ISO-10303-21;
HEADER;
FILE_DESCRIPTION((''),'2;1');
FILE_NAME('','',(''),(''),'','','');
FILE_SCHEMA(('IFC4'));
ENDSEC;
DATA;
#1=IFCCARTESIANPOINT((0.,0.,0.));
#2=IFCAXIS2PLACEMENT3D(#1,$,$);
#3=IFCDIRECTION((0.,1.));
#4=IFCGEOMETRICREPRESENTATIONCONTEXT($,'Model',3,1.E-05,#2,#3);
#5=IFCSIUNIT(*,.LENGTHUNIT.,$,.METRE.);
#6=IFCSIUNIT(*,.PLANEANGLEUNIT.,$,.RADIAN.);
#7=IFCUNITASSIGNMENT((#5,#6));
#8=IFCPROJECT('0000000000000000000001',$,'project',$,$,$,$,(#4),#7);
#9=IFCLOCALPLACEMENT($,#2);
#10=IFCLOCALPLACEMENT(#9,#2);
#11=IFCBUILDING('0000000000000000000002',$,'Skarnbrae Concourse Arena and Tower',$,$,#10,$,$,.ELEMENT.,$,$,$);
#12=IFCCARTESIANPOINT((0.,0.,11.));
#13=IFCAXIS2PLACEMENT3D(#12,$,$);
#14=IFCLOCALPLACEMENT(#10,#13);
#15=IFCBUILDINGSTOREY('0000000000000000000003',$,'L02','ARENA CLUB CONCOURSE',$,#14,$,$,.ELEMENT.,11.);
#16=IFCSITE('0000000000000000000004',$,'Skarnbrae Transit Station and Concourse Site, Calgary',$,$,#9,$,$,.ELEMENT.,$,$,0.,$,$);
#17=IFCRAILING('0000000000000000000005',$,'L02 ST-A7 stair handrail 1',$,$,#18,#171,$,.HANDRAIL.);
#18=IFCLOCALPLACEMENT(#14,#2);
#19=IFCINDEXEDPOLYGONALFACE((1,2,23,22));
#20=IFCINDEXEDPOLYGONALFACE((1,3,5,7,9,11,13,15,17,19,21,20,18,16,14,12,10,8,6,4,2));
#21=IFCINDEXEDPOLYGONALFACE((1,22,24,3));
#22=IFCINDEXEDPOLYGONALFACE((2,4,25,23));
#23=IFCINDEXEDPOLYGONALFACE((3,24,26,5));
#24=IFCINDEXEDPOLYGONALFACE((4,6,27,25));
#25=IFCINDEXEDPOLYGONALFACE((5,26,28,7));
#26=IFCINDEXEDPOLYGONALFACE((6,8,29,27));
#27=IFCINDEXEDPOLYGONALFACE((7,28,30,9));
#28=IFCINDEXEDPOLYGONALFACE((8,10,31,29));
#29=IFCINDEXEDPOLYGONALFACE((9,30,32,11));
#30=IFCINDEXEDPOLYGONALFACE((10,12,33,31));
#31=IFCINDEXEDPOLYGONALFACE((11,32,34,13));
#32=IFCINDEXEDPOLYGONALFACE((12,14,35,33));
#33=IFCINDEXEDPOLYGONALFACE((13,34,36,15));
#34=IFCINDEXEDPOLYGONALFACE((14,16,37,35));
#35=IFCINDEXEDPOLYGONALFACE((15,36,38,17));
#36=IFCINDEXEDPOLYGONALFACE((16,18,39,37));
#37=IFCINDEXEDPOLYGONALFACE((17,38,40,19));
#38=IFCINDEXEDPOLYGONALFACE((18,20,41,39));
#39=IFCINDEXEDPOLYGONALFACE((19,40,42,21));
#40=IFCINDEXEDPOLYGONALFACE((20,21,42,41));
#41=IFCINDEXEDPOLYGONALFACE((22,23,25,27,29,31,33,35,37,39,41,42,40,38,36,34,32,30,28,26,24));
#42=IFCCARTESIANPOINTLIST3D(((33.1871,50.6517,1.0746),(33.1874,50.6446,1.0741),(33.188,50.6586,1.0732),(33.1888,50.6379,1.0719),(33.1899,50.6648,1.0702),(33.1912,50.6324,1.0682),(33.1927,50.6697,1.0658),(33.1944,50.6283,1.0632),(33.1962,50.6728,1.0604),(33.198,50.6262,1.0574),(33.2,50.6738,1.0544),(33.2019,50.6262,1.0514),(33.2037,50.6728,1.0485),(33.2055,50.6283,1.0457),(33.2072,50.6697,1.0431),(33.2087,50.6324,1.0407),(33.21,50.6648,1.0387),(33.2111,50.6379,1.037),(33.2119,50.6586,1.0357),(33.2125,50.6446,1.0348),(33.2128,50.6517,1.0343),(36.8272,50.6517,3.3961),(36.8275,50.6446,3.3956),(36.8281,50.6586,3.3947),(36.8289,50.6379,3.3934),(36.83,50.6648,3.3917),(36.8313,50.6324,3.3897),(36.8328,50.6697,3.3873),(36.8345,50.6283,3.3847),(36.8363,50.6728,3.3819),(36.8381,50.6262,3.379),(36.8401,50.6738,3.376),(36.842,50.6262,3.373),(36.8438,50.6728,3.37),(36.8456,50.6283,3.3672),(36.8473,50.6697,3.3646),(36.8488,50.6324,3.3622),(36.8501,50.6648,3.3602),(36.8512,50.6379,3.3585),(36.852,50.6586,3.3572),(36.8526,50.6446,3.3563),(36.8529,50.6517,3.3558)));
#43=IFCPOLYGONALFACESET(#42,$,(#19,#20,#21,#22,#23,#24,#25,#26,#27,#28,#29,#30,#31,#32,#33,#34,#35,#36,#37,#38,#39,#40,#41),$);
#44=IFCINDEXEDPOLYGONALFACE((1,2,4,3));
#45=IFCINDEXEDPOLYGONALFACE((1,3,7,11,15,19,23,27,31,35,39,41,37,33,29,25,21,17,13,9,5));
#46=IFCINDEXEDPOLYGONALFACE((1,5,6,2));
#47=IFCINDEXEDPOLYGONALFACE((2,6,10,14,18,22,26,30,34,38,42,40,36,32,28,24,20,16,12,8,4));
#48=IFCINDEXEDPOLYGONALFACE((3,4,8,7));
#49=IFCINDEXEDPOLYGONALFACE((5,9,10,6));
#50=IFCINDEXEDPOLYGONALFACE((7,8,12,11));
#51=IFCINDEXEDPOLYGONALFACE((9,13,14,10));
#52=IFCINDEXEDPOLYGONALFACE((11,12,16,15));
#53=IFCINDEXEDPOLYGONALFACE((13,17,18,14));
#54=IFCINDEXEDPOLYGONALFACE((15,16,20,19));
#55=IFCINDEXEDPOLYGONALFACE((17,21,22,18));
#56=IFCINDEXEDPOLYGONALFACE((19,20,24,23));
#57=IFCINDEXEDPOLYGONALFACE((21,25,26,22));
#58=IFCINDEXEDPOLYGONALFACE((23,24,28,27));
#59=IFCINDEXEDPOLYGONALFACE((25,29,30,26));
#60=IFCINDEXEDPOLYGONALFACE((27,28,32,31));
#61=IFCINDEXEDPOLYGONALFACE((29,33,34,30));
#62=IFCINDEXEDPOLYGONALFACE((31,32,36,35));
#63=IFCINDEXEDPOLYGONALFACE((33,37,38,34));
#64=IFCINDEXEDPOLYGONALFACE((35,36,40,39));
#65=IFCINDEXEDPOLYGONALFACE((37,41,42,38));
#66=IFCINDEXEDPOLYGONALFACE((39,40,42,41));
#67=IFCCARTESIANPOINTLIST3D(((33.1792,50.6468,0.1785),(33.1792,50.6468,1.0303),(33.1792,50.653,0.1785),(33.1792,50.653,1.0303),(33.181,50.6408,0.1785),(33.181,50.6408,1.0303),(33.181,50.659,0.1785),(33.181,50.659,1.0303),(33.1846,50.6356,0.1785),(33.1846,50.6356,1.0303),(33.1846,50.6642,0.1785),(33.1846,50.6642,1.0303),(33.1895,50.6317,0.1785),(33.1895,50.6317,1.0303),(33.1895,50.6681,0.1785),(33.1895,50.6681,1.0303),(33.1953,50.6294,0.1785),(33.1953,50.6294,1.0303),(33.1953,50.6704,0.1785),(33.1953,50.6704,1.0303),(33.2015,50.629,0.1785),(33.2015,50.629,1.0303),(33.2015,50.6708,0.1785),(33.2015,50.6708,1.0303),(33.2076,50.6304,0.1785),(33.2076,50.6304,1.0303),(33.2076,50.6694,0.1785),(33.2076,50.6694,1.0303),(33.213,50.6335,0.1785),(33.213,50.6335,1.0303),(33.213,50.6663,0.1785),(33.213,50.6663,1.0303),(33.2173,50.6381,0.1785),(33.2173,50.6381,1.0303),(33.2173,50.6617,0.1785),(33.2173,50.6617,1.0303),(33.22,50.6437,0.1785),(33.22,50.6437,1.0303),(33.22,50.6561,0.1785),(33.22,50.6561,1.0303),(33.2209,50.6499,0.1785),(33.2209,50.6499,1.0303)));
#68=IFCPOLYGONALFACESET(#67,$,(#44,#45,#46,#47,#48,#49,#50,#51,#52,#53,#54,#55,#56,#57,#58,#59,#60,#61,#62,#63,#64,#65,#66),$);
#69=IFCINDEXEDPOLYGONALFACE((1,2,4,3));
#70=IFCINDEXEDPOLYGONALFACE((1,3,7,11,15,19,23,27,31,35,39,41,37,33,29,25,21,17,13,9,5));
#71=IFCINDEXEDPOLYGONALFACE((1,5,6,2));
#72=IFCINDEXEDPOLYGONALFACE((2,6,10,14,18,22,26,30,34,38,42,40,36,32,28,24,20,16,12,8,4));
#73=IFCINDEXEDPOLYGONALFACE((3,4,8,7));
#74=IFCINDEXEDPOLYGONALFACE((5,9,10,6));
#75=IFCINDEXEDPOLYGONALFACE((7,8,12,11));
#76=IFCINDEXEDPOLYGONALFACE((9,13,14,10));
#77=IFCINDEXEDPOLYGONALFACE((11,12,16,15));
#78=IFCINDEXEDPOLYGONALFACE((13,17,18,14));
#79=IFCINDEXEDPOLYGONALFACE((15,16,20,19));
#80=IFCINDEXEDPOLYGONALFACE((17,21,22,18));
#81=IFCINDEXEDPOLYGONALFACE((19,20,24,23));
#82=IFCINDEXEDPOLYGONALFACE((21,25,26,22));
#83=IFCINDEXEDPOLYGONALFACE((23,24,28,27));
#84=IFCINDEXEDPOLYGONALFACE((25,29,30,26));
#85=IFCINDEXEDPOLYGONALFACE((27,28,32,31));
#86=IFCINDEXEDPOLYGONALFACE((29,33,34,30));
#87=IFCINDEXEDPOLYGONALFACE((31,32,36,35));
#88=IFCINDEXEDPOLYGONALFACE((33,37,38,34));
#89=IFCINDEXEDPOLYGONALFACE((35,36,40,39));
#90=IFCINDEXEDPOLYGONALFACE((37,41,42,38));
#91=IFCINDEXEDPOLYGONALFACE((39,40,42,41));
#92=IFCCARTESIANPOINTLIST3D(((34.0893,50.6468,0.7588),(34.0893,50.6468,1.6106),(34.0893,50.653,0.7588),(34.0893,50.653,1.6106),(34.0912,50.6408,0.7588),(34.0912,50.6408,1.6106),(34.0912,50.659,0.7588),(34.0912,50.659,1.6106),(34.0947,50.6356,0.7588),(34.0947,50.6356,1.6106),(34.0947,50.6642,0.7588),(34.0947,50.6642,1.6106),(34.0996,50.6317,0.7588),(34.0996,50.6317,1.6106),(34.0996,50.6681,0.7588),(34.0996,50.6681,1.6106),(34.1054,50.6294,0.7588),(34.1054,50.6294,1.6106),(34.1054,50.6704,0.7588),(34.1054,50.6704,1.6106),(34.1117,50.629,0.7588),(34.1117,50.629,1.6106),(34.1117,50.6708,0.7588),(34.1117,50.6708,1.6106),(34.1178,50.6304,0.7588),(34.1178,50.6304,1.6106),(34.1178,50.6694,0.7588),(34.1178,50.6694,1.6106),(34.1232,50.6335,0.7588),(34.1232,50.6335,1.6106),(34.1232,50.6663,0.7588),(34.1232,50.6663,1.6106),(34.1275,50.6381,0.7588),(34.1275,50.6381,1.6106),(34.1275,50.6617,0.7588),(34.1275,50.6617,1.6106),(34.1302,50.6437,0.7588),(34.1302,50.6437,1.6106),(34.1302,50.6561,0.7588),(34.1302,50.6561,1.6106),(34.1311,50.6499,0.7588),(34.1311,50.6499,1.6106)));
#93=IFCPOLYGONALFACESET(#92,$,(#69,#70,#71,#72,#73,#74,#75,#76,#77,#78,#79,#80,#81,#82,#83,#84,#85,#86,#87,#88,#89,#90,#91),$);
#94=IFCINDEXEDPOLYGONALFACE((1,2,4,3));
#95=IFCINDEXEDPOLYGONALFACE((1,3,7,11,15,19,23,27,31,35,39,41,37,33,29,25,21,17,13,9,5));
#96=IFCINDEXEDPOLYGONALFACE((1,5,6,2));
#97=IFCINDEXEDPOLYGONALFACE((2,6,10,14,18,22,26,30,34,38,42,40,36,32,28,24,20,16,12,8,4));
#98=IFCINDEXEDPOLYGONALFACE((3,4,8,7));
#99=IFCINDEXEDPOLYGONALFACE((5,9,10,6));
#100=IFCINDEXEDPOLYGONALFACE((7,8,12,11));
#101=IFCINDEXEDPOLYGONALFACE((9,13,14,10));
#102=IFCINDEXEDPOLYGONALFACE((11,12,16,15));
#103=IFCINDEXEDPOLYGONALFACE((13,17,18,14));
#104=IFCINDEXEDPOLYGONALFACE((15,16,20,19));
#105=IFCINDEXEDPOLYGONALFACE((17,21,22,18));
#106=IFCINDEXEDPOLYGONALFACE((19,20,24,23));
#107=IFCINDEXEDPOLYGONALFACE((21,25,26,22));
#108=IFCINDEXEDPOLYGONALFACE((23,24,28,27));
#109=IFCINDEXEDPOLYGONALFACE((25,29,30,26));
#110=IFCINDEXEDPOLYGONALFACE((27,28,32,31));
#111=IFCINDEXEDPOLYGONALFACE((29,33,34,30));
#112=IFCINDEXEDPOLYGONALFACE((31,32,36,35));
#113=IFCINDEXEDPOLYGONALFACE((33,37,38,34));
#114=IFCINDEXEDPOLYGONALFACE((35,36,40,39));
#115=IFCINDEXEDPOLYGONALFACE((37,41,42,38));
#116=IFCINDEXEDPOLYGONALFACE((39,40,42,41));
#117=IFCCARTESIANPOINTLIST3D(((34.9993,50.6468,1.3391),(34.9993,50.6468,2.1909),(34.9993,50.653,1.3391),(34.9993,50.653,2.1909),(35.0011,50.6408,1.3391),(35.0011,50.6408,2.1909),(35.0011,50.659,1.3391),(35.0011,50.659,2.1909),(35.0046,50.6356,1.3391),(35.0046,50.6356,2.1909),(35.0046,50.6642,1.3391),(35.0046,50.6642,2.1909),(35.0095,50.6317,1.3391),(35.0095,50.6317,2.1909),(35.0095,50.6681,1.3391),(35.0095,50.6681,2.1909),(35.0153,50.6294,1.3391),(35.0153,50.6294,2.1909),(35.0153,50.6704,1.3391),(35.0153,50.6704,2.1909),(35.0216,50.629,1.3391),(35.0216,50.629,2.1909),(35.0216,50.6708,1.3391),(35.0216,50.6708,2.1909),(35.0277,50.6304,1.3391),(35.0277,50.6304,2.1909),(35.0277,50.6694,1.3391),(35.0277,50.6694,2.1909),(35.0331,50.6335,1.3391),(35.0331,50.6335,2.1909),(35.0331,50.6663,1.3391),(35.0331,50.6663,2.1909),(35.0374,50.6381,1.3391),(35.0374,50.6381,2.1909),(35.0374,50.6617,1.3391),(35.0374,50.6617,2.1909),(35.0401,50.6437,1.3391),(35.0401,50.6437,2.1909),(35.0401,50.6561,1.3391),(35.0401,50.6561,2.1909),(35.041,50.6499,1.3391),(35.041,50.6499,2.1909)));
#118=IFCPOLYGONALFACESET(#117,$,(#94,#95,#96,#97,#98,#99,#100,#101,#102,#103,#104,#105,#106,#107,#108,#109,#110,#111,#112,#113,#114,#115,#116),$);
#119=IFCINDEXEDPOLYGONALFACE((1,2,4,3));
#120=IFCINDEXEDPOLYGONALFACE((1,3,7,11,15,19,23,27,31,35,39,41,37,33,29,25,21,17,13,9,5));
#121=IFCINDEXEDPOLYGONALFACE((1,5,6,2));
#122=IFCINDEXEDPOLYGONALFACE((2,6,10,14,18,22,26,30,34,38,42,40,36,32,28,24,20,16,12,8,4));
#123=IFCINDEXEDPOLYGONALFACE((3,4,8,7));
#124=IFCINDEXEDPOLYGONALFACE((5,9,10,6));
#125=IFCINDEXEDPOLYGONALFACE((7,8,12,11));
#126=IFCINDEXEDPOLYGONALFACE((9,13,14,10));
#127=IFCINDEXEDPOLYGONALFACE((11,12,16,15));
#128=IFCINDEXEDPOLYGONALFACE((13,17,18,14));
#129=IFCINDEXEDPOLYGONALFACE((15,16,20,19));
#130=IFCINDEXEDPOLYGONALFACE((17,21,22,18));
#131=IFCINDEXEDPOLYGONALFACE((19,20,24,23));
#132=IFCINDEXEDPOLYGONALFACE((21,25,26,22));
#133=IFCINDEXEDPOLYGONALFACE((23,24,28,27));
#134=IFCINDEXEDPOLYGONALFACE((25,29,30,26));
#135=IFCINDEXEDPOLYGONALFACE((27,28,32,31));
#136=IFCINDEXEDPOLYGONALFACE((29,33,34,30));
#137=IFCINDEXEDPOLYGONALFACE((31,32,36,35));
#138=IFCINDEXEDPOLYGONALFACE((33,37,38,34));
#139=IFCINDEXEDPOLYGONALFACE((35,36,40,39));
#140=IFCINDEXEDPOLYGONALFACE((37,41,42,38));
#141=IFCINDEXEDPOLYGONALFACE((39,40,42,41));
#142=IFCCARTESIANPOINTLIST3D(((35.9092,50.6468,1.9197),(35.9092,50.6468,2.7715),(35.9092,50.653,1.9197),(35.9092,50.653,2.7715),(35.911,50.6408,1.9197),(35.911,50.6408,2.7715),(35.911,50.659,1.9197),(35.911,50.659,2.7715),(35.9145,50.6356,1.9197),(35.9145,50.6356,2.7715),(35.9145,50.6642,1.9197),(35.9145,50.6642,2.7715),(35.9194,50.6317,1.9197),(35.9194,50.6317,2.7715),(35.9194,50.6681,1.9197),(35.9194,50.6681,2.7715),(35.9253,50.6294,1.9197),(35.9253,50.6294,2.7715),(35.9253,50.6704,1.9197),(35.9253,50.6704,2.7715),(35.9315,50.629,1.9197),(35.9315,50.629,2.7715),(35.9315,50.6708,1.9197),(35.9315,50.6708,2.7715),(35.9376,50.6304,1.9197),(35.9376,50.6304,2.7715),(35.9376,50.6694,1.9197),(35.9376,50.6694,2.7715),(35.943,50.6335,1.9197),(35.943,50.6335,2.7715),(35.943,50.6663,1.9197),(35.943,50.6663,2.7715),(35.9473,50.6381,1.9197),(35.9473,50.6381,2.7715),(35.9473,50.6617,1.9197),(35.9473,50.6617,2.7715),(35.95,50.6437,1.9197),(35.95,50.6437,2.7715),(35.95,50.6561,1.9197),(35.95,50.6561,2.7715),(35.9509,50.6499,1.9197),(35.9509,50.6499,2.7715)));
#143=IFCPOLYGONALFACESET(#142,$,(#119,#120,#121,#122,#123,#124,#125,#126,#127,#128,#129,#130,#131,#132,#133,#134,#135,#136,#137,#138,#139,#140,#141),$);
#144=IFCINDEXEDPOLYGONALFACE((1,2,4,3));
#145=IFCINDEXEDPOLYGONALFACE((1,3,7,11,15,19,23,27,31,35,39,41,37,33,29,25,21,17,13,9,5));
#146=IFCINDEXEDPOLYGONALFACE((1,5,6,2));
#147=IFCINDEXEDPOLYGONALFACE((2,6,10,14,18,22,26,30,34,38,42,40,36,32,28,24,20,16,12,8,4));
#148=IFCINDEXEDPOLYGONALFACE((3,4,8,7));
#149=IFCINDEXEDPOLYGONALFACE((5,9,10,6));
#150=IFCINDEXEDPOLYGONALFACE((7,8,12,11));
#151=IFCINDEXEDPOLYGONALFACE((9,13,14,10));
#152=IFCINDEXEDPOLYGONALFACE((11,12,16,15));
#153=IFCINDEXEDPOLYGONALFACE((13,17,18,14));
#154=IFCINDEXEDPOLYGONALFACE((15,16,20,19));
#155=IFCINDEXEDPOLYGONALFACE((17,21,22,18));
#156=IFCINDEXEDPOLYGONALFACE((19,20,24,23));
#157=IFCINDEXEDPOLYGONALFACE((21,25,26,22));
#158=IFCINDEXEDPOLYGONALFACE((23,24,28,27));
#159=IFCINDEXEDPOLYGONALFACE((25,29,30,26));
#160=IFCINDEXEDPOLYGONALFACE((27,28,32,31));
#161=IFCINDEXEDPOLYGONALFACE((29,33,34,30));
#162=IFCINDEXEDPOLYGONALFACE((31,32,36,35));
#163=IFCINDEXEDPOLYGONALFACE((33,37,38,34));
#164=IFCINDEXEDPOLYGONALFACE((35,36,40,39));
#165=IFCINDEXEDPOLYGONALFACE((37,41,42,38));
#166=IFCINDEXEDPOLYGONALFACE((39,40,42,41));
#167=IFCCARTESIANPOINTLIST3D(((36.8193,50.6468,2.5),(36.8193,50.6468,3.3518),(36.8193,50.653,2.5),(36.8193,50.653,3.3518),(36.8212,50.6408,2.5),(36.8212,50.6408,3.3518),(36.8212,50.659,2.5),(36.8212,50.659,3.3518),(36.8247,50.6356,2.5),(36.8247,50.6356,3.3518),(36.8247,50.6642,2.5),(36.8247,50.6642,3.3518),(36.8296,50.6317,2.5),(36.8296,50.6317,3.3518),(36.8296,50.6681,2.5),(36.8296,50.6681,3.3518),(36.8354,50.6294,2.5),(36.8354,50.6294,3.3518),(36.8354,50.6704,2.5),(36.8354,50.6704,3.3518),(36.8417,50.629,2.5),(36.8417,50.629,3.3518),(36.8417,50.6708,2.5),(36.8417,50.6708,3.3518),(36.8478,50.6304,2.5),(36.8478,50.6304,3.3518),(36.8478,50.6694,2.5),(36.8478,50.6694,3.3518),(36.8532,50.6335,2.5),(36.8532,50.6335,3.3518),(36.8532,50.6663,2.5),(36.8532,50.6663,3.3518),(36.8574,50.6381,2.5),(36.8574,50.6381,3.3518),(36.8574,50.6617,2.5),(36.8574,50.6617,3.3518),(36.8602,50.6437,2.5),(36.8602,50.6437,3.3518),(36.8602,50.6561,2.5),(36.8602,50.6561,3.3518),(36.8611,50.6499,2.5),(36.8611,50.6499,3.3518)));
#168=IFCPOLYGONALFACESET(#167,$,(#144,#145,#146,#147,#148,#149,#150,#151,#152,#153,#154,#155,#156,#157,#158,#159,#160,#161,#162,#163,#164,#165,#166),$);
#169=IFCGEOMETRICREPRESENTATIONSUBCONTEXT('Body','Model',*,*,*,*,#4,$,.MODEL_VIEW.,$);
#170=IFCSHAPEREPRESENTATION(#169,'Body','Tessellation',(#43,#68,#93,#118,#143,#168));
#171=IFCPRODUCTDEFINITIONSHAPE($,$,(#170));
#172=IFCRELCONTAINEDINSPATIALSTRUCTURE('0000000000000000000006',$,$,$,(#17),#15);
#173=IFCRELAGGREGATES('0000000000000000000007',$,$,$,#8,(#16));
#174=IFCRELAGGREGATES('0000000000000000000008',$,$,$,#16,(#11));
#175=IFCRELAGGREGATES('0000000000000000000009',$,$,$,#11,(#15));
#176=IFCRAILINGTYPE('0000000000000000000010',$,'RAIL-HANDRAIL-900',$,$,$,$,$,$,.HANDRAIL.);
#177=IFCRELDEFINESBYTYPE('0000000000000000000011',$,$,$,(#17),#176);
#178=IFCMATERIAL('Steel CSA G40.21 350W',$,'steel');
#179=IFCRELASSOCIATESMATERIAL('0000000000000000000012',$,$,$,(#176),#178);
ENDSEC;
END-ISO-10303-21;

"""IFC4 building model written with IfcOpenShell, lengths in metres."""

from ifc_helpers import new_model, si_unit, direction, frame, origin, origin_2d, place, context, subcontext, project, spatial, circle, extrude, material, type_object, element, save


model = new_model("IFC4")

# Units and contexts
model_context = context("Model", 3, precision=1e-05, world=origin(), true_north=direction((0.0, 1.0)))
body_context = subcontext(model_context, "Body", "Model", "MODEL_VIEW")
ifc_project = project(units=[si_unit("LENGTHUNIT", "METRE"), si_unit("PLANEANGLEUNIT", "RADIAN")], contexts=[model_context])

# Site, building, storey
site_placement = place(None, origin())
site = spatial("IfcSite", under=ifc_project, at=site_placement, Name="Skarnbrae Transit Station and Concourse Site, Calgary", CompositionType="ELEMENT", RefElevation=0.0)
building_placement = place(site_placement, origin())
building = spatial("IfcBuilding", under=site, at=building_placement, Name="Skarnbrae Concourse Arena and Tower", CompositionType="ELEMENT")
storey_placement = place(building_placement, frame((0.0, 0.0, 11.0)))
storey = spatial("IfcBuildingStorey", under=building, at=storey_placement, Name="L02", Description="ARENA CLUB CONCOURSE", CompositionType="ELEMENT", Elevation=11.0)

# Shared definitions
ifc_material_1 = material(Name="Steel CSA G40.21 350W", Category="steel")

# Railing
railing_type_1 = type_object("IfcRailingType", Name="RAIL-HANDRAIL-900", PredefinedType="HANDRAIL", material=ifc_material_1)
railing_1_placement = place(storey_placement, frame((33.2, 50.6499, 0.1785)))
element("IfcRailing", 1, at=railing_1_placement, inside=storey, type_object=railing_type_1, Name="L02 ST-A7 stair handrail 1", PredefinedType="HANDRAIL", context=body_context, shape_type="SweptSolid", body=[
    extrude(circle(Radius=0.0239, at=origin_2d()), frame((0.0, 0.0, 0.876), z_axis=(0.843128, 0.0, 0.537713), x_axis=(0.0, 1.0, 0.0)), (0.0, 0.0, 1.0), 4.3174),
    extrude(circle(Radius=0.021, at=origin_2d()), origin(), (0.0, 0.0, 1.0), 0.8518),
    extrude(circle(Radius=0.021, at=origin_2d()), frame((0.9102, 0.0, 0.5803)), (0.0, 0.0, 1.0), 0.8518),
    extrude(circle(Radius=0.021, at=origin_2d()), frame((1.8201, 0.0, 1.1606)), (0.0, 0.0, 1.0), 0.8518),
    extrude(circle(Radius=0.021, at=origin_2d()), frame((2.73, 0.0, 1.7412)), (0.0, 0.0, 1.0), 0.8518),
    extrude(circle(Radius=0.021, at=origin_2d()), frame((3.6401, 0.0, 2.3215)), (0.0, 0.0, 1.0), 0.8518),
])

save(model, "model.ifc")
